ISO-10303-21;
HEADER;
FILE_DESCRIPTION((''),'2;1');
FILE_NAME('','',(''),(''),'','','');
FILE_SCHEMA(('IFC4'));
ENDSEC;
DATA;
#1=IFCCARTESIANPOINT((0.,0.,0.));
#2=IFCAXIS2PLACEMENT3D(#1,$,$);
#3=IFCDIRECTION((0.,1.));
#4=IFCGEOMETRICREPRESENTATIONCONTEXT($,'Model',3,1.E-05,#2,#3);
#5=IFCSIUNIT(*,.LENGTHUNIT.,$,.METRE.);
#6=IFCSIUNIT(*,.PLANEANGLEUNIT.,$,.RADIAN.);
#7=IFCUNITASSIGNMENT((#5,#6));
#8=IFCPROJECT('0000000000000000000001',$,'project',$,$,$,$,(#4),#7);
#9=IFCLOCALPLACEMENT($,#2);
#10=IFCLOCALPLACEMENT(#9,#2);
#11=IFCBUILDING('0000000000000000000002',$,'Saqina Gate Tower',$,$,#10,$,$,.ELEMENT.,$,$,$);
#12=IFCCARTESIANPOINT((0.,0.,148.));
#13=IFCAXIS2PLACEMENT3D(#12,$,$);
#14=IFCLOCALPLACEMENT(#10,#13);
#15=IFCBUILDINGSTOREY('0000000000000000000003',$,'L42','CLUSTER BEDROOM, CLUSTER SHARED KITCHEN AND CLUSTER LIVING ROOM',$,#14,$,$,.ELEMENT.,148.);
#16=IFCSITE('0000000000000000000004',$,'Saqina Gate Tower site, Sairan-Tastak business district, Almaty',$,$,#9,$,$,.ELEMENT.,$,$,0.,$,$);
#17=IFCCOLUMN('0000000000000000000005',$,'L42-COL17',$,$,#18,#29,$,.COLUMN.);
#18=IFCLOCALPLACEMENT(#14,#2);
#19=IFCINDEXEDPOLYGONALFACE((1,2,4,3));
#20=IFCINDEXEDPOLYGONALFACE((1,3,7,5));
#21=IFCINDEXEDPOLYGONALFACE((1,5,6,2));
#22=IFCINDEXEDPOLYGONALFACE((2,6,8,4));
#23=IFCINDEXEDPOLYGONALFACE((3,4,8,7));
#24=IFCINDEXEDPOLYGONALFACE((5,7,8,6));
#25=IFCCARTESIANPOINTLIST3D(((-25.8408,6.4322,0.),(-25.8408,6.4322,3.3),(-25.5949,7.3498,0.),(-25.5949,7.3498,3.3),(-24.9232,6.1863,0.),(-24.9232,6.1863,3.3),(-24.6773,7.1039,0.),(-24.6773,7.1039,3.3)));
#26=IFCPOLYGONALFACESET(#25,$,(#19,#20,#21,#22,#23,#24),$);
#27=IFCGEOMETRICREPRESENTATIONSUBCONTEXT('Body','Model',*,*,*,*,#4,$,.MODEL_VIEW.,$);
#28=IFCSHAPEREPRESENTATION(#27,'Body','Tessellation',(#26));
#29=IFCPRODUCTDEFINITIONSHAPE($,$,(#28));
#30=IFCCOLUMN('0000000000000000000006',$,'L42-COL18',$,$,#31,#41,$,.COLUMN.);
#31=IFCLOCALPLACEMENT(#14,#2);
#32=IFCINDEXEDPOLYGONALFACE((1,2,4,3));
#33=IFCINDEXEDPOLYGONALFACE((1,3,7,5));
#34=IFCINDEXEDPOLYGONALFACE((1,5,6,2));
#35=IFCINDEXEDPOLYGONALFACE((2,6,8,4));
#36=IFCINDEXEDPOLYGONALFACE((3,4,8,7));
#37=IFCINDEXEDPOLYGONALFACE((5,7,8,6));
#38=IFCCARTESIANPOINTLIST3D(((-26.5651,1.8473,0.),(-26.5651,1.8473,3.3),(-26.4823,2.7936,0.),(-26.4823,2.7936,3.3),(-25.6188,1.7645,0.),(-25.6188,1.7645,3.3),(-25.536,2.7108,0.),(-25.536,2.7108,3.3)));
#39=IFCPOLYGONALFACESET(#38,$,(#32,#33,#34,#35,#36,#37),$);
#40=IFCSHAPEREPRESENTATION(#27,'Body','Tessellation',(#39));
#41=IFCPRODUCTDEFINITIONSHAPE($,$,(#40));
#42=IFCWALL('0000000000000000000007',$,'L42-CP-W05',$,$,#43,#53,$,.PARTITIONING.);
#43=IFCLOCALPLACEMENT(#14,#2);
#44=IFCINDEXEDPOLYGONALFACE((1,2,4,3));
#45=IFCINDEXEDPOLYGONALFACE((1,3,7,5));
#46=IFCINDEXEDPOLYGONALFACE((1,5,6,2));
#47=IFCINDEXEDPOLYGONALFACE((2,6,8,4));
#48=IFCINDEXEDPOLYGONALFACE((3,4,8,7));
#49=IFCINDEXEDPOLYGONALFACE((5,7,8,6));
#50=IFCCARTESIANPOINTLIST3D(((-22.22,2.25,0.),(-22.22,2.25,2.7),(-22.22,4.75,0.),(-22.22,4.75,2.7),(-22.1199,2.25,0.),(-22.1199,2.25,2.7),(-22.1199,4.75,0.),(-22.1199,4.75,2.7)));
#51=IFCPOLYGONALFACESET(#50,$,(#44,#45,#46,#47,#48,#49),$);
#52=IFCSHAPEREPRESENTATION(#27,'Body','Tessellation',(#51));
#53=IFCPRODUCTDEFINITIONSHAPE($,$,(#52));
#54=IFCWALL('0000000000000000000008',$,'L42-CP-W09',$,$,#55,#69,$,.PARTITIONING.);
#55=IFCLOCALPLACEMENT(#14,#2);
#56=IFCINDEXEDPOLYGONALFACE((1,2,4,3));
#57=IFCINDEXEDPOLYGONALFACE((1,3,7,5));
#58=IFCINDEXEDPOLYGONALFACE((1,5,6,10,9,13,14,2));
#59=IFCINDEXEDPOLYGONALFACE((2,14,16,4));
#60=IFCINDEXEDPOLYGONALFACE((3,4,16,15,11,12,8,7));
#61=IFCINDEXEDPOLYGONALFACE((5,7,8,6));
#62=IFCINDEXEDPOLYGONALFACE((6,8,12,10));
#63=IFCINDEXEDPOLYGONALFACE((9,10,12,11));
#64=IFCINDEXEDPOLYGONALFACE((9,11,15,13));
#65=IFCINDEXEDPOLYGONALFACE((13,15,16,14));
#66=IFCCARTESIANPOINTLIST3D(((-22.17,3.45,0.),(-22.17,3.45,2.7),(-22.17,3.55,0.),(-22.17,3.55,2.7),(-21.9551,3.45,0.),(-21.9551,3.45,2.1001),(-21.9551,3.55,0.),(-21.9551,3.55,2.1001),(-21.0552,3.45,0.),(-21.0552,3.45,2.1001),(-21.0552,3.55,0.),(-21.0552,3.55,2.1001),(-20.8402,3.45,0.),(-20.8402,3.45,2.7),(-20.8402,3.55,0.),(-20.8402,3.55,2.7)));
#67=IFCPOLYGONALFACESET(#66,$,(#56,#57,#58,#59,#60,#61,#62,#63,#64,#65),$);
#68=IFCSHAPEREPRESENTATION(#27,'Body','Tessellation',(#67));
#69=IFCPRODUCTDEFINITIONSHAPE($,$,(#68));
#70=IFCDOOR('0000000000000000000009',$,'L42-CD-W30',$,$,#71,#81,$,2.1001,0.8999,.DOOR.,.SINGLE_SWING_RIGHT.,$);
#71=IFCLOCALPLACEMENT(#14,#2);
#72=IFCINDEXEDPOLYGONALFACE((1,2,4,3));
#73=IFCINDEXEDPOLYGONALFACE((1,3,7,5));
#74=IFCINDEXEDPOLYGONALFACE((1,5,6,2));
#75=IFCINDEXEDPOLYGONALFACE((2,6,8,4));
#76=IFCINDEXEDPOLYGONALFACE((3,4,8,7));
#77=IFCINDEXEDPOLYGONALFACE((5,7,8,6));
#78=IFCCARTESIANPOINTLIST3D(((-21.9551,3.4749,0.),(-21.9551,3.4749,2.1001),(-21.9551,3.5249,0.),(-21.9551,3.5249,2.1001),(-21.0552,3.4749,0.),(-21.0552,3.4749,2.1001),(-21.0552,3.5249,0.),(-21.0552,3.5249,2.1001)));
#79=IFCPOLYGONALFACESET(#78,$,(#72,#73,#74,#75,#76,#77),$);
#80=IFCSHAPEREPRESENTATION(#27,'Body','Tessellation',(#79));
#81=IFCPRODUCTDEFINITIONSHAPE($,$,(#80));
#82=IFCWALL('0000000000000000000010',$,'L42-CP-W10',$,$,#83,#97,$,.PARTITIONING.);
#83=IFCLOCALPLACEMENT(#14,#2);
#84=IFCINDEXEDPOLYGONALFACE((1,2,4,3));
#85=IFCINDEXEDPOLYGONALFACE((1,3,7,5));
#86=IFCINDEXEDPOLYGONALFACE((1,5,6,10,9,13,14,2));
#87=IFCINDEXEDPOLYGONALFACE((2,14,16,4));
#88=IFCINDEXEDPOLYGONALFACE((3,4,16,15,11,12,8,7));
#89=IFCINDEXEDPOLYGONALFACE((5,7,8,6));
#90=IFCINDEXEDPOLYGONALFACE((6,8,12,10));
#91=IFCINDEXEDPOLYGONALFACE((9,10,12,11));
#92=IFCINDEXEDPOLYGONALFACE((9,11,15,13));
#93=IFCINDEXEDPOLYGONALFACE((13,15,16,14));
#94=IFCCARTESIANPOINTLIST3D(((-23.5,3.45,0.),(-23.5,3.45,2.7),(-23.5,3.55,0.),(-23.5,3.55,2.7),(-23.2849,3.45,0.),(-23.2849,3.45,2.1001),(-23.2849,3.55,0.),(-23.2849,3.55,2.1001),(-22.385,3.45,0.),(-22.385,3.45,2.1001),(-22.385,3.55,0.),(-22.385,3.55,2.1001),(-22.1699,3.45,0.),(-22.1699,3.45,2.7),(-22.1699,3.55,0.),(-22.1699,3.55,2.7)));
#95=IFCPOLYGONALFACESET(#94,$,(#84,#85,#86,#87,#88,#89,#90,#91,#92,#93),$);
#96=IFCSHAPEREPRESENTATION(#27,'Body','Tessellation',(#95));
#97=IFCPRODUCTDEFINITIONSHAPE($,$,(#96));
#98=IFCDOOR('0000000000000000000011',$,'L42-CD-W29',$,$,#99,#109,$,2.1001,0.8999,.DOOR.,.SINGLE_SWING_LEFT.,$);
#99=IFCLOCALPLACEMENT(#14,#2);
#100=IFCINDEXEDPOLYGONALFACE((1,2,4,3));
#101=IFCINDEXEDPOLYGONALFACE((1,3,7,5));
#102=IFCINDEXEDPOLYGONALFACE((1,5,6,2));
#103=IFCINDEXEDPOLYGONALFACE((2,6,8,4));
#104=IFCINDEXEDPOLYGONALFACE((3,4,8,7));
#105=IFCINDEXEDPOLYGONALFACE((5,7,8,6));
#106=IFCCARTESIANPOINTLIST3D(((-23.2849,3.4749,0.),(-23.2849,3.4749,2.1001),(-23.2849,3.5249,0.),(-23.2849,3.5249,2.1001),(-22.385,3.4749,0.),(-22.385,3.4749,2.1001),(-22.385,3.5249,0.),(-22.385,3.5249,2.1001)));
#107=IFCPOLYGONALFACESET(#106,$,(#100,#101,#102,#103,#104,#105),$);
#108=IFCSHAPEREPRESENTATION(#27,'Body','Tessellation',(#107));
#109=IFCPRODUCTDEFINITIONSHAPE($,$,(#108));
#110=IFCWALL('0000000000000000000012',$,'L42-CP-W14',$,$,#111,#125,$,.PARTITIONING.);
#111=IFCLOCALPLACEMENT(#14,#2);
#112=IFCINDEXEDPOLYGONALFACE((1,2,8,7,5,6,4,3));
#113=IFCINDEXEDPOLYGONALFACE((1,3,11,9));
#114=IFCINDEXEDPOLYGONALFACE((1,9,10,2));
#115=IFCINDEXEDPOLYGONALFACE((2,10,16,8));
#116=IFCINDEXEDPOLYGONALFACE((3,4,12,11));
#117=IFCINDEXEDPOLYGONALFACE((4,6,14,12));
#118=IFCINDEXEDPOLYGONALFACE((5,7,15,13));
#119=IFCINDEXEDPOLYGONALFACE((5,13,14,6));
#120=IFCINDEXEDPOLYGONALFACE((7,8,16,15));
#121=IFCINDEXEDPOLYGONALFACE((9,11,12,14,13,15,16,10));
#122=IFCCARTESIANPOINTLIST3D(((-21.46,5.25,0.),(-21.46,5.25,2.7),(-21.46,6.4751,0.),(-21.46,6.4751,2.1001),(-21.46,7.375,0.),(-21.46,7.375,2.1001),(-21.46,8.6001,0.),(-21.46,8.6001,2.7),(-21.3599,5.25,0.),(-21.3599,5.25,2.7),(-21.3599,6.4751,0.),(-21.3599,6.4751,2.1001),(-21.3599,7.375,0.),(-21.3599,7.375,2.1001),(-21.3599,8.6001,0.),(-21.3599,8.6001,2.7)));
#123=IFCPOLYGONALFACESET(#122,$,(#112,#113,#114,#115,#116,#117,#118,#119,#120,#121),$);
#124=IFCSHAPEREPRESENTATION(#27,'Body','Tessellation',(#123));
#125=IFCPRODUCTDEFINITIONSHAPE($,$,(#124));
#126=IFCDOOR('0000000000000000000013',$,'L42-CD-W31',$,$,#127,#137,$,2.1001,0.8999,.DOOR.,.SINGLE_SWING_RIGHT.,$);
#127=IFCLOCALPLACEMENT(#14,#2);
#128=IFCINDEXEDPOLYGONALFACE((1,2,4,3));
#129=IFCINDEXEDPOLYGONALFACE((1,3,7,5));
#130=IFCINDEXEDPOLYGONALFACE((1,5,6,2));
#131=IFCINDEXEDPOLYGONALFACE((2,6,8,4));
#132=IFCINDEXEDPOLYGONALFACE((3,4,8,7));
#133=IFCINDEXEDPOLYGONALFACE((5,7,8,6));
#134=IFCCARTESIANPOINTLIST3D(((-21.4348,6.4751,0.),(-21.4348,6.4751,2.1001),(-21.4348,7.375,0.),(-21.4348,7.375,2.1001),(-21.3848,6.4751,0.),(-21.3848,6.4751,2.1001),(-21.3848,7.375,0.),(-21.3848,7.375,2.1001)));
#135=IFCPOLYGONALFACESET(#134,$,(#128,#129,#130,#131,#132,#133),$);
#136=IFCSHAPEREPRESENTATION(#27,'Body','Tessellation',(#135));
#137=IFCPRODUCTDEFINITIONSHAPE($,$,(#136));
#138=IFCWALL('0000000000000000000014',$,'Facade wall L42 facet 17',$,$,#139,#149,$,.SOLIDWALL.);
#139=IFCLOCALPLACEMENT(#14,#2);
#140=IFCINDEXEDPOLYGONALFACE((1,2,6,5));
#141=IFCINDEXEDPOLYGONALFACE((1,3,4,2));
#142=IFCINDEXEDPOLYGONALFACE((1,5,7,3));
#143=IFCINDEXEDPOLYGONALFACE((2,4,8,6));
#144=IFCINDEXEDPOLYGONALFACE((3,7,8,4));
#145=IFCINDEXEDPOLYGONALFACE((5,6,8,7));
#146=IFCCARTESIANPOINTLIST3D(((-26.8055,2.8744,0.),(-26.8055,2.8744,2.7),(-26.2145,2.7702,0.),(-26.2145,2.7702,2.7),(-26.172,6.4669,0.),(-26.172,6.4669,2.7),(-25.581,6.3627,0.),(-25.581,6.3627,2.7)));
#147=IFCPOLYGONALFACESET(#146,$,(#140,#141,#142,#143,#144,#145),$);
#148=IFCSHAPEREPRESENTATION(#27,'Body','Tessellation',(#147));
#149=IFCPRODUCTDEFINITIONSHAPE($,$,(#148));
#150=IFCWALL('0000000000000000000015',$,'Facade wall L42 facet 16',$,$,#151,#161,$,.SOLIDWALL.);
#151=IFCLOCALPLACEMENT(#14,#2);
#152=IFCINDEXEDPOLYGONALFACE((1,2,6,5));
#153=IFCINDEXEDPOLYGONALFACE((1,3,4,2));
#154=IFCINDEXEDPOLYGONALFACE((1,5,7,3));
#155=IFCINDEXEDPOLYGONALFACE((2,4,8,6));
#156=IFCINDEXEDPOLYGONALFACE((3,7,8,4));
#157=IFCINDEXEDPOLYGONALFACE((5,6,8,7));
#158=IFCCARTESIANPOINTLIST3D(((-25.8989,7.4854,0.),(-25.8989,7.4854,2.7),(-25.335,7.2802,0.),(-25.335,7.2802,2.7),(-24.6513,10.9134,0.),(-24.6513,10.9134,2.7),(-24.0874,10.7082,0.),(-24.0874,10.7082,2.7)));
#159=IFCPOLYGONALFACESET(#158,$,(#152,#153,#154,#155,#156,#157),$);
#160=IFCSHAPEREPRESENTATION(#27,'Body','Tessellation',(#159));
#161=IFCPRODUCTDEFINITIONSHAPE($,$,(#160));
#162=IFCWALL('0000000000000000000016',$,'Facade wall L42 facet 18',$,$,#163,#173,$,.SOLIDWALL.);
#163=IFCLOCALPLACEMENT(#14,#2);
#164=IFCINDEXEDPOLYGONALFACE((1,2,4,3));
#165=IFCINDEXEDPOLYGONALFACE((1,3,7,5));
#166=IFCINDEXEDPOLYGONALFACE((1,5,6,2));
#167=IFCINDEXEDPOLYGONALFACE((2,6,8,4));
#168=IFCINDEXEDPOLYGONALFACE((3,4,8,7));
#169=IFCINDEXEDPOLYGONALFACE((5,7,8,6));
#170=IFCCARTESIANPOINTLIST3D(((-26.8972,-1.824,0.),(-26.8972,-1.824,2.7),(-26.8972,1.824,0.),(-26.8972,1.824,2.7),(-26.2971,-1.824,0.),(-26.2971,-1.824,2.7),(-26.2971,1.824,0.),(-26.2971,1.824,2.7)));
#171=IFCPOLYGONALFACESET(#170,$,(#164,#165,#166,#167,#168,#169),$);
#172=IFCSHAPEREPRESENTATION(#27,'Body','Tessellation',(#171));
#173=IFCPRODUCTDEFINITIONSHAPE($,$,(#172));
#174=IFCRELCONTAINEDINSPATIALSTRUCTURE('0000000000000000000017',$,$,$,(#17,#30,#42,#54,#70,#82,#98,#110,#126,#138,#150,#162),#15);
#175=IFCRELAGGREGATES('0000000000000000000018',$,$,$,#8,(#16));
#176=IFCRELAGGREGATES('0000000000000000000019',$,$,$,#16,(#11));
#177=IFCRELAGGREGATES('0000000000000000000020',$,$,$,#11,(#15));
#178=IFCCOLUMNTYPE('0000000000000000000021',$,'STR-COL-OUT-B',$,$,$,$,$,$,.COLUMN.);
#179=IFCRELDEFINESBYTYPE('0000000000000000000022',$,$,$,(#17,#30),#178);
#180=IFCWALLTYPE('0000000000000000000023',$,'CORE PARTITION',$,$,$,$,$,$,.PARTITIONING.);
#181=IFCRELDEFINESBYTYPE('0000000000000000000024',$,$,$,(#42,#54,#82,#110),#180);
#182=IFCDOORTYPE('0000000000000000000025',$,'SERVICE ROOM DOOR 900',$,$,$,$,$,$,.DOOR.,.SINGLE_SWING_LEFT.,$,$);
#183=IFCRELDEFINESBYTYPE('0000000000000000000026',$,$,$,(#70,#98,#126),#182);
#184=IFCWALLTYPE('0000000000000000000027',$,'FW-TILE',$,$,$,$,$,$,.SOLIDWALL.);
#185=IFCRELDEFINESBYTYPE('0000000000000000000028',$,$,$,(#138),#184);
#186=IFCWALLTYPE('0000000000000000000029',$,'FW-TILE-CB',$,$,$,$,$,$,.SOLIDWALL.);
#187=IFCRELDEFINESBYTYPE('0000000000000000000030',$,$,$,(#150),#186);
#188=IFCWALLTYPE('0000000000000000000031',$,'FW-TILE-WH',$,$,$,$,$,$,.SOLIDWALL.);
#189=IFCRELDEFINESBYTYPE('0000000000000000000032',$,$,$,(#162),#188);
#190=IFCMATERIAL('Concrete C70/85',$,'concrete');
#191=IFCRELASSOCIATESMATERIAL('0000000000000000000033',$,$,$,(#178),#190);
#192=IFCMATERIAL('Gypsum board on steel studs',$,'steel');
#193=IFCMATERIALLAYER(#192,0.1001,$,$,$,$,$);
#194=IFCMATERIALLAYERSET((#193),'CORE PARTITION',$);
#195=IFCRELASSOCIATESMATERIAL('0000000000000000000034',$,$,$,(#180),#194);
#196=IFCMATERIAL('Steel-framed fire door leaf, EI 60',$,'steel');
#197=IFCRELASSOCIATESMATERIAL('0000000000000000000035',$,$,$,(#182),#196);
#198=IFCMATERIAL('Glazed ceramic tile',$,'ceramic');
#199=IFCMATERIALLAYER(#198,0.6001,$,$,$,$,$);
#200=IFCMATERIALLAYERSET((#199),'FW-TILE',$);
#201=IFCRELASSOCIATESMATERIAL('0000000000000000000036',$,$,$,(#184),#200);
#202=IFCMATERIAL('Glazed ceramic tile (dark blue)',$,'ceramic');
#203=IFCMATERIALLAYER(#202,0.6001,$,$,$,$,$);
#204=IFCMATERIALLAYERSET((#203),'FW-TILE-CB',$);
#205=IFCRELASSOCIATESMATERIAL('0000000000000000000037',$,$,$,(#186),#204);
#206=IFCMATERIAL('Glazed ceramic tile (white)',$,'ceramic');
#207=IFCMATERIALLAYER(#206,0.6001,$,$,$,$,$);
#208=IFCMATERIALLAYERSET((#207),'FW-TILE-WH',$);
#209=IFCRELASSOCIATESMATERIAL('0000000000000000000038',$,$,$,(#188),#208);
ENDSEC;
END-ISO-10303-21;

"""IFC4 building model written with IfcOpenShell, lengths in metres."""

from ifc_helpers import new_model, si_unit, direction, frame, frame_2d, origin, origin_2d, place, context, subcontext, project, spatial, rectangle, extrude, material, layer, layer_set, material_profile, profile_set, type_object, element, fill, save


model = new_model("IFC4")

# Units and contexts
model_context = context("Model", 3, precision=1e-05, world=origin(), true_north=direction((0.0, 1.0)))
body_context = subcontext(model_context, "Body", "Model", "MODEL_VIEW")
ifc_project = project(units=[si_unit("LENGTHUNIT", "METRE"), si_unit("PLANEANGLEUNIT", "RADIAN")], contexts=[model_context])

# Site, building, storey
site_placement = place(None, origin())
site = spatial("IfcSite", under=ifc_project, at=site_placement, Name="Saqina Gate Tower site, Sairan-Tastak business district, Almaty", CompositionType="ELEMENT", RefElevation=0.0)
building_placement = place(site_placement, origin())
building = spatial("IfcBuilding", under=site, at=building_placement, Name="Saqina Gate Tower", CompositionType="ELEMENT")
storey_placement = place(building_placement, frame((0.0, 0.0, 148.0)))
storey = spatial("IfcBuildingStorey", under=building, at=storey_placement, Name="L42", Description="CLUSTER BEDROOM, CLUSTER SHARED KITCHEN AND CLUSTER LIVING ROOM", CompositionType="ELEMENT", Elevation=148.0)

# Columns
ifc_material_1 = material(Name="Concrete C70/85", Category="concrete")
ifc_material_profile = material_profile(ifc_material_1, rectangle(XDim=0.95, YDim=0.95, at=origin_2d()), Name="RC 950x950")
ifc_profile_set = profile_set([ifc_material_profile], Name="Concrete C70/85")
column_type = type_object("IfcColumnType", Name="STR-COL-OUT-B", PredefinedType="COLUMN", material=ifc_profile_set)
for number, where, z_axis, x_axis, name in (
    (1, (-25.259, 6.7681, 0.0), (0.0, 0.0, 1.0), (-0.965926, 0.258819, 0.0), "L42-COL17"),
    (2, (-26.0505, 2.2791, 0.0), (0.0, 0.0, 1.0), (-0.996195, 0.087156, 0.0), "L42-COL18"),
):
    element("IfcColumn", number, at=place(storey_placement, frame(where, z_axis=z_axis, x_axis=x_axis)), inside=storey, type_object=column_type, Name=name, PredefinedType="COLUMN", context=body_context, shape_type="SweptSolid", body=[
        extrude(rectangle(XDim=0.95, YDim=0.95, at=origin_2d()), origin(), (0.0, 0.0, 1.0), 3.3),
    ])

# Wall
ifc_material_2 = material(Name="Gypsum board on steel studs", Category="steel")
ifc_layer_1 = layer(ifc_material_2, 0.1001)
ifc_layer_set_1 = layer_set([ifc_layer_1], Name="CORE PARTITION")
wall_type_1 = type_object("IfcWallType", Name="CORE PARTITION", PredefinedType="PARTITIONING", material=ifc_layer_set_1)
wall_1_placement = place(storey_placement, frame((-22.1699, 2.25, 0.0), z_axis=(0.0, 0.0, 1.0), x_axis=(0.0, 1.0, 0.0)))
element("IfcWall", 3, at=wall_1_placement, inside=storey, type_object=wall_type_1, Name="L42-CP-W05", PredefinedType="PARTITIONING", context=body_context, shape_type="SweptSolid", body=[
    extrude(rectangle(XDim=2.5, YDim=0.1001, at=frame_2d((1.25, 0.0))), origin(), (0.0, 0.0, 1.0), 2.7),
])

# Walls, openings, doors
wall_2_placement = place(storey_placement, frame((-20.8401, 3.5, 0.0), z_axis=(0.0, 0.0, 1.0), x_axis=(-1.0, 0.0, 0.0)))
wall_2 = element("IfcWall", 4, at=wall_2_placement, inside=storey, type_object=wall_type_1, Name="L42-CP-W09", PredefinedType="PARTITIONING", context=body_context, shape_type="SweptSolid", body=[
    extrude(rectangle(XDim=1.3298, YDim=0.1001, at=frame_2d((0.665, 0.0))), origin(), (0.0, 0.0, 1.0), 2.7),
])
opening_1_placement = place(wall_2_placement, frame((0.2151, 0.0, 0.0)))
opening_1 = element("IfcOpeningElement", 5, at=opening_1_placement, cuts=wall_2, PredefinedType="OPENING", context=body_context, shape_type="SweptSolid", body=[
    extrude(rectangle(XDim=0.8999, YDim=2.1001, at=frame_2d((0.45, 1.05))), frame((0.0, 0.062, 0.0), z_axis=(0.0, -1.0, 0.0), x_axis=(1.0, 0.0, 0.0)), (0.0, 0.0, 1.0), 0.124),
])
ifc_material_3 = material(Name="Steel-framed fire door leaf, EI 60", Category="steel")
door_type_1 = type_object("IfcDoorType", Name="SERVICE ROOM DOOR 900", OperationType="SINGLE_SWING_LEFT", PredefinedType="DOOR", material=ifc_material_3)
door_1_placement = place(opening_1_placement, frame((0.8999, 0.0, 0.0), z_axis=(0.0, 0.0, 1.0), x_axis=(-1.0, 0.0, 0.0)))
door_1 = element("IfcDoor", 6, at=door_1_placement, inside=storey, type_object=door_type_1, Name="L42-CD-W30", OperationType="SINGLE_SWING_RIGHT", OverallHeight=2.1001, OverallWidth=0.8999, PredefinedType="DOOR", context=body_context, shape_type="SweptSolid", body=[
    extrude(rectangle(XDim=0.8999, YDim=2.1001, at=frame_2d((0.45, 1.05))), frame((0.0, 0.0249, 0.0), z_axis=(0.0, -1.0, 0.0), x_axis=(1.0, 0.0, 0.0)), (0.0, 0.0, 1.0), 0.05),
])
fill(opening_1, door_1)
wall_3_placement = place(storey_placement, frame((-22.1699, 3.5, 0.0), z_axis=(0.0, 0.0, 1.0), x_axis=(-1.0, 0.0, 0.0)))
wall_3 = element("IfcWall", 7, at=wall_3_placement, inside=storey, type_object=wall_type_1, Name="L42-CP-W10", PredefinedType="PARTITIONING", context=body_context, shape_type="SweptSolid", body=[
    extrude(rectangle(XDim=1.3301, YDim=0.1001, at=frame_2d((0.665, 0.0))), origin(), (0.0, 0.0, 1.0), 2.7),
])
opening_2_placement = place(wall_3_placement, frame((0.2151, 0.0, 0.0)))
opening_2 = element("IfcOpeningElement", 8, at=opening_2_placement, cuts=wall_3, PredefinedType="OPENING", context=body_context, shape_type="SweptSolid", body=[
    extrude(rectangle(XDim=0.8999, YDim=2.1001, at=frame_2d((0.45, 1.05))), frame((0.0, 0.062, 0.0), z_axis=(0.0, -1.0, 0.0), x_axis=(1.0, 0.0, 0.0)), (0.0, 0.0, 1.0), 0.124),
])
door_2_placement = place(opening_2_placement, frame((0.8999, 0.0, 0.0), z_axis=(0.0, 0.0, 1.0), x_axis=(-1.0, 0.0, 0.0)))
door_2 = element("IfcDoor", 9, at=door_2_placement, inside=storey, type_object=door_type_1, Name="L42-CD-W29", OperationType="SINGLE_SWING_LEFT", OverallHeight=2.1001, OverallWidth=0.8999, PredefinedType="DOOR", context=body_context, shape_type="SweptSolid", body=[
    extrude(rectangle(XDim=0.8999, YDim=2.1001, at=frame_2d((0.45, 1.05))), frame((0.0, 0.0249, 0.0), z_axis=(0.0, -1.0, 0.0), x_axis=(1.0, 0.0, 0.0)), (0.0, 0.0, 1.0), 0.05),
])
fill(opening_2, door_2)
wall_4_placement = place(storey_placement, frame((-21.4099, 5.25, 0.0), z_axis=(0.0, 0.0, 1.0), x_axis=(0.0, 1.0, 0.0)))
wall_4 = element("IfcWall", 10, at=wall_4_placement, inside=storey, type_object=wall_type_1, Name="L42-CP-W14", PredefinedType="PARTITIONING", context=body_context, shape_type="SweptSolid", body=[
    extrude(rectangle(XDim=3.3501, YDim=0.1001, at=frame_2d((1.675, 0.0))), origin(), (0.0, 0.0, 1.0), 2.7),
])
opening_3_placement = place(wall_4_placement, frame((1.2251, 0.0, 0.0)))
opening_3 = element("IfcOpeningElement", 11, at=opening_3_placement, cuts=wall_4, PredefinedType="OPENING", context=body_context, shape_type="SweptSolid", body=[
    extrude(rectangle(XDim=0.8999, YDim=2.1001, at=frame_2d((0.45, 1.05))), frame((0.0, 0.062, 0.0), z_axis=(0.0, -1.0, 0.0), x_axis=(1.0, 0.0, 0.0)), (0.0, 0.0, 1.0), 0.124),
])
door_3_placement = place(opening_3_placement, origin())
door_3 = element("IfcDoor", 12, at=door_3_placement, inside=storey, type_object=door_type_1, Name="L42-CD-W31", OperationType="SINGLE_SWING_RIGHT", OverallHeight=2.1001, OverallWidth=0.8999, PredefinedType="DOOR", context=body_context, shape_type="SweptSolid", body=[
    extrude(rectangle(XDim=0.8999, YDim=2.1001, at=frame_2d((0.45, 1.05))), frame((0.0, 0.0249, 0.0), z_axis=(0.0, -1.0, 0.0), x_axis=(1.0, 0.0, 0.0)), (0.0, 0.0, 1.0), 0.05),
])
fill(opening_3, door_3)

# Walls
ifc_material_4 = material(Name="Glazed ceramic tile", Category="ceramic")
ifc_layer_2 = layer(ifc_material_4, 0.6001)
ifc_layer_set_2 = layer_set([ifc_layer_2], Name="FW-TILE")
wall_type_2 = type_object("IfcWallType", Name="FW-TILE", PredefinedType="SOLIDWALL", material=ifc_layer_set_2)
wall_5_placement = place(storey_placement, frame((-25.8765, 6.4148, 0.0), z_axis=(0.0, 0.0, 1.0), x_axis=(-0.173671, -0.984804, 0.0)))
element("IfcWall", 13, at=wall_5_placement, inside=storey, type_object=wall_type_2, Name="Facade wall L42 facet 17", PredefinedType="SOLIDWALL", context=body_context, shape_type="SweptSolid", body=[
    extrude(rectangle(XDim=3.6479, YDim=0.6001, at=frame_2d((1.824, 0.0))), origin(), (0.0, 0.0, 1.0), 2.7),
])
ifc_material_5 = material(Name="Glazed ceramic tile (dark blue)", Category="ceramic")
ifc_layer_3 = layer(ifc_material_5, 0.6001)
ifc_layer_set_3 = layer_set([ifc_layer_3], Name="FW-TILE-CB")
wall_type_3 = type_object("IfcWallType", Name="FW-TILE-CB", PredefinedType="SOLIDWALL", material=ifc_layer_set_3)
wall_6_placement = place(storey_placement, frame((-24.3694, 10.8108, 0.0), z_axis=(0.0, 0.0, 1.0), x_axis=(-0.34199, -0.939704, 0.0)))
element("IfcWall", 14, at=wall_6_placement, inside=storey, type_object=wall_type_3, Name="Facade wall L42 facet 16", PredefinedType="SOLIDWALL", context=body_context, shape_type="SweptSolid", body=[
    extrude(rectangle(XDim=3.6479, YDim=0.6001, at=frame_2d((1.824, 0.0))), origin(), (0.0, 0.0, 1.0), 2.7),
])
ifc_material_6 = material(Name="Glazed ceramic tile (white)", Category="ceramic")
ifc_layer_4 = layer(ifc_material_6, 0.6001)
ifc_layer_set_4 = layer_set([ifc_layer_4], Name="FW-TILE-WH")
wall_type_4 = type_object("IfcWallType", Name="FW-TILE-WH", PredefinedType="SOLIDWALL", material=ifc_layer_set_4)
wall_7_placement = place(storey_placement, frame((-26.5972, 1.824, 0.0), z_axis=(0.0, 0.0, 1.0), x_axis=(0.0, -1.0, 0.0)))
element("IfcWall", 15, at=wall_7_placement, inside=storey, type_object=wall_type_4, Name="Facade wall L42 facet 18", PredefinedType="SOLIDWALL", context=body_context, shape_type="SweptSolid", body=[
    extrude(rectangle(XDim=3.6479, YDim=0.6001, at=frame_2d((1.824, 0.0))), origin(), (0.0, 0.0, 1.0), 2.7),
])

save(model, "model.ifc")
